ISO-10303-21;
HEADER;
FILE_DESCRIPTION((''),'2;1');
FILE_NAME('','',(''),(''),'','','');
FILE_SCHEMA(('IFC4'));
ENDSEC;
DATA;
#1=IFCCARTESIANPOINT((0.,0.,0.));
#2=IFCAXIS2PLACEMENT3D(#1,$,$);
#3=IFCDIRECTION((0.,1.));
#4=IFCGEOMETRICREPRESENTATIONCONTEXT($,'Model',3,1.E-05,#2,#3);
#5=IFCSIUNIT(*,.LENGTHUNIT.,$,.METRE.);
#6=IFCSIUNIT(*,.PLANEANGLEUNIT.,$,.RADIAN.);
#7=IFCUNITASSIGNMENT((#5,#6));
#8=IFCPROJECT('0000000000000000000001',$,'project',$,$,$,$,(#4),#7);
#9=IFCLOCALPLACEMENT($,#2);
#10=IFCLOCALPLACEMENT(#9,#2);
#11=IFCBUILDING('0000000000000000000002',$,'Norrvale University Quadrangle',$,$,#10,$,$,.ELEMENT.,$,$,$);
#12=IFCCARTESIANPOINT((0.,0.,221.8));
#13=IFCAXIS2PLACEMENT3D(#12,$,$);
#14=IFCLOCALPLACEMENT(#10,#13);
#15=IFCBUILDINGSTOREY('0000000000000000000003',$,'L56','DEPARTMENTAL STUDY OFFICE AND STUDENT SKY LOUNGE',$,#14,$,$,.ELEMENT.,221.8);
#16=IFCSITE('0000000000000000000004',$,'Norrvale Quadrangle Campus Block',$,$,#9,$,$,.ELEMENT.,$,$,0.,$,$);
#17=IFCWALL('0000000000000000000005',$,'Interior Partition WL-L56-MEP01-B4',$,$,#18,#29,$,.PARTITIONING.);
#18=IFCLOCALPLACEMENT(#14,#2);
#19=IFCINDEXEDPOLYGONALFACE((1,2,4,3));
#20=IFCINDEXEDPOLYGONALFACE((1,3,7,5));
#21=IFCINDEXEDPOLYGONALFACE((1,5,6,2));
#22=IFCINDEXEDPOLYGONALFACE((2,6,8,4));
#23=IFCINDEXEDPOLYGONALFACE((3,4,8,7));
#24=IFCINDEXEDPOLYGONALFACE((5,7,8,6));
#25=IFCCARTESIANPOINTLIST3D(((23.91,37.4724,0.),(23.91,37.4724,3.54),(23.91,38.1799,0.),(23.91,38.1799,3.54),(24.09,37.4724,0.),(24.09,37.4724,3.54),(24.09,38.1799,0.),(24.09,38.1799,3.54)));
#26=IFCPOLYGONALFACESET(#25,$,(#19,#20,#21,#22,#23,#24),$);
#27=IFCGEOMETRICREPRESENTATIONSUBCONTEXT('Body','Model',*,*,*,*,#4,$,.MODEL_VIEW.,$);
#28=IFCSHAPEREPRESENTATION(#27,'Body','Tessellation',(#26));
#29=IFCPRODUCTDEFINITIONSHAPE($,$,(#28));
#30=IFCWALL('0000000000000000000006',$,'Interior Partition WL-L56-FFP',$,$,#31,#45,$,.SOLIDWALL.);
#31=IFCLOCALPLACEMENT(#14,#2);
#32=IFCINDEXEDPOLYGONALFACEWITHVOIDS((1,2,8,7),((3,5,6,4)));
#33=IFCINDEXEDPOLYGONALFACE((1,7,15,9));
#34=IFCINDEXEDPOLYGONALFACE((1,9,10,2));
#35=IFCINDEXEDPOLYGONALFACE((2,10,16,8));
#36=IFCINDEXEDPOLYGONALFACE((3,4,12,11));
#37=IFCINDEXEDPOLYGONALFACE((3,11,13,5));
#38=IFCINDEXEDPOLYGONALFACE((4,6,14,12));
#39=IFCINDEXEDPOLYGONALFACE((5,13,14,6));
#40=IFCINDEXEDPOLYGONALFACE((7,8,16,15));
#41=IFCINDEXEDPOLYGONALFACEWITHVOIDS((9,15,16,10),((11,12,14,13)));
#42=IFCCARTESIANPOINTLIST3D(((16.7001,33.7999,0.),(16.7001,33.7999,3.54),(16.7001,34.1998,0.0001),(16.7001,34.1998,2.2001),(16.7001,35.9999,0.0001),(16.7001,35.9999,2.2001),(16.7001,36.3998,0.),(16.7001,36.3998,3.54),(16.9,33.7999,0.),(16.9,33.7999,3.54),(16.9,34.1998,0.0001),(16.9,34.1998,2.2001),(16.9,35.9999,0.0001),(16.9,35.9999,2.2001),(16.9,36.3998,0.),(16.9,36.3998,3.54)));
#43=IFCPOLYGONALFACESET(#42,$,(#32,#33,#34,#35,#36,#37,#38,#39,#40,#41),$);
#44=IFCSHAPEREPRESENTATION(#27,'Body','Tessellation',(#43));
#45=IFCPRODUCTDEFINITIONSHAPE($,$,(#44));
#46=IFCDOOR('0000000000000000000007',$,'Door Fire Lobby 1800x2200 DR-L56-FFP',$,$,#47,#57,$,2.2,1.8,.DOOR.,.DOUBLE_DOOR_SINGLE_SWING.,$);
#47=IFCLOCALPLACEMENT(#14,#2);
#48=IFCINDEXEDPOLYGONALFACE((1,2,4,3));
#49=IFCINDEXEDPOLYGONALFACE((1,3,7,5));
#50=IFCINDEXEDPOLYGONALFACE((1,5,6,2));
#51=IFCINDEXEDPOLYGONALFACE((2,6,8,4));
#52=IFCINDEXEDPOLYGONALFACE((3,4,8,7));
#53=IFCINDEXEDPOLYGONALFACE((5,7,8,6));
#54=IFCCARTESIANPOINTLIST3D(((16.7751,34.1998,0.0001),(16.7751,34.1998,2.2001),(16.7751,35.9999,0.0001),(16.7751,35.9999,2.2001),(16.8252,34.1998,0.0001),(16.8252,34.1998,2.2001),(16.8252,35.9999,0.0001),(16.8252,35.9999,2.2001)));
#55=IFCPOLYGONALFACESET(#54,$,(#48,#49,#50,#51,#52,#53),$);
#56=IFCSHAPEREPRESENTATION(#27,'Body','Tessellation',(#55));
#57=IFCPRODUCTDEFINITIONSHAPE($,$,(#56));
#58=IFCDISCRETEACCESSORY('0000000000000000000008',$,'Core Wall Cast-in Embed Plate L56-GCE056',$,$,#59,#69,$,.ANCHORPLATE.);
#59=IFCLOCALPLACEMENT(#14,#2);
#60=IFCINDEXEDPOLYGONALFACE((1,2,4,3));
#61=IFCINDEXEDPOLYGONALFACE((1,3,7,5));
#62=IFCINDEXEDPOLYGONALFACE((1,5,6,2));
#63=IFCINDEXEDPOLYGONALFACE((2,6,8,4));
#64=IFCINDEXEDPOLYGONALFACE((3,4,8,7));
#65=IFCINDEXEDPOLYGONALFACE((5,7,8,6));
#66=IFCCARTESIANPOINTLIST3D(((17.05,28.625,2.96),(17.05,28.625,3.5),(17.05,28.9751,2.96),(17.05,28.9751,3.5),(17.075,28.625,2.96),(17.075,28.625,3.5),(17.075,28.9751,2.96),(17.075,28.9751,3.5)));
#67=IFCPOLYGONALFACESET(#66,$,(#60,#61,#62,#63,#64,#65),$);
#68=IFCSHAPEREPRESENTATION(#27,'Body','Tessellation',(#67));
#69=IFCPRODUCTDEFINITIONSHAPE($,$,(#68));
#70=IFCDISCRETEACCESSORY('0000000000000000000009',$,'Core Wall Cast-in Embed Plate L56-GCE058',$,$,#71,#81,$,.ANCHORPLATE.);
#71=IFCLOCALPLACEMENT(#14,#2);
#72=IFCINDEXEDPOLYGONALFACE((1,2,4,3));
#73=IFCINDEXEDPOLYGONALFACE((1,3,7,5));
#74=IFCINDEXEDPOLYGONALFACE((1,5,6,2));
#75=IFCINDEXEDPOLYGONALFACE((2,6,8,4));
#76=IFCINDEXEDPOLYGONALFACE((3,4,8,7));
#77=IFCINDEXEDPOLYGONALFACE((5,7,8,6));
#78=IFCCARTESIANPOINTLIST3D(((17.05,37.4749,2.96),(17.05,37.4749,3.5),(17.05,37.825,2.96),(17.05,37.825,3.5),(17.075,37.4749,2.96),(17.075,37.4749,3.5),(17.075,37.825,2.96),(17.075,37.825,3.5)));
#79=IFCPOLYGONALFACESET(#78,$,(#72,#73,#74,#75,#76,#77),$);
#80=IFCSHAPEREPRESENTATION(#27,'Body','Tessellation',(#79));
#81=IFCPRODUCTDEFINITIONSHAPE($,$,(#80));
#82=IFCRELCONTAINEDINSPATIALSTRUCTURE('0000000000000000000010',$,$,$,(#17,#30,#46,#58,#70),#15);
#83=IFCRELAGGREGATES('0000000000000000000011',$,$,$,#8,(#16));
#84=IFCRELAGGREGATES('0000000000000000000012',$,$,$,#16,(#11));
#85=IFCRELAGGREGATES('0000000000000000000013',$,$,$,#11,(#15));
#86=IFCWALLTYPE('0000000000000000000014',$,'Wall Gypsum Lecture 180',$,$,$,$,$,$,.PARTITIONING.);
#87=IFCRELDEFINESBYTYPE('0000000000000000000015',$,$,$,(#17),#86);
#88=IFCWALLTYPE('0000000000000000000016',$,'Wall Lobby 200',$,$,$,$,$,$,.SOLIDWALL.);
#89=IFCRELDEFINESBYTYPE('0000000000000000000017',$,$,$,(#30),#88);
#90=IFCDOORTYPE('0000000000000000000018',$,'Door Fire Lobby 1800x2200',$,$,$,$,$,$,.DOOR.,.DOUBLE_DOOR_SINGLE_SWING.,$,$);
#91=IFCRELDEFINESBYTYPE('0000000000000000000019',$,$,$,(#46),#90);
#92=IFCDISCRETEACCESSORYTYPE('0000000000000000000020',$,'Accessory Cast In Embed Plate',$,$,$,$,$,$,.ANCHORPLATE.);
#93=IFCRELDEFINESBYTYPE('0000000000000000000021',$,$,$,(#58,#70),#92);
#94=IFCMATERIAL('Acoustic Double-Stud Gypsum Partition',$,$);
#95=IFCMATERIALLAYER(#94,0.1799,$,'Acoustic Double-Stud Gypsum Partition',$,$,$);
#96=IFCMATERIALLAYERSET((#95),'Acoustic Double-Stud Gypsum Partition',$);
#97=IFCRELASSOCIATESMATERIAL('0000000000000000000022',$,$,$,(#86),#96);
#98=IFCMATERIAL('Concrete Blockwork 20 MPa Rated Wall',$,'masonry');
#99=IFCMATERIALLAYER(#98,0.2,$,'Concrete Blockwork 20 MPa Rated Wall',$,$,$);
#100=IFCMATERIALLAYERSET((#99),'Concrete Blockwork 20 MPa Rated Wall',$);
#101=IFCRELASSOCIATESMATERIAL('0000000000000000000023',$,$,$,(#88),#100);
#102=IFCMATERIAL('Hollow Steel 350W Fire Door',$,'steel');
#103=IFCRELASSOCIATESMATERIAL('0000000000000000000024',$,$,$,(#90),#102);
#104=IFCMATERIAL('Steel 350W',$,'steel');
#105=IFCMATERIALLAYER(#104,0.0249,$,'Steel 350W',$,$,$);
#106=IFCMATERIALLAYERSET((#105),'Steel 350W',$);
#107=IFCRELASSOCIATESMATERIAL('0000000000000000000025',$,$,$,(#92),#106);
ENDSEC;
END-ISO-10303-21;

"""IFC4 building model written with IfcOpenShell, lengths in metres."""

from ifc_helpers import new_model, si_unit, direction, frame, frame_2d, origin, origin_2d, place, context, subcontext, project, spatial, rectangle, extrude, material, layer, layer_set, type_object, element, fill, save


model = new_model("IFC4")

# Units and contexts
model_context = context("Model", 3, precision=1e-05, world=origin(), true_north=direction((0.0, 1.0)))
body_context = subcontext(model_context, "Body", "Model", "MODEL_VIEW")
ifc_project = project(units=[si_unit("LENGTHUNIT", "METRE"), si_unit("PLANEANGLEUNIT", "RADIAN")], contexts=[model_context])

# Site, building, storey
site_placement = place(None, origin())
site = spatial("IfcSite", under=ifc_project, at=site_placement, Name="Norrvale Quadrangle Campus Block", CompositionType="ELEMENT", RefElevation=0.0)
building_placement = place(site_placement, origin())
building = spatial("IfcBuilding", under=site, at=building_placement, Name="Norrvale University Quadrangle", CompositionType="ELEMENT")
storey_placement = place(building_placement, frame((0.0, 0.0, 221.8)))
storey = spatial("IfcBuildingStorey", under=building, at=storey_placement, Name="L56", Description="DEPARTMENTAL STUDY OFFICE AND STUDENT SKY LOUNGE", CompositionType="ELEMENT", Elevation=221.8)

# Shared definitions
ifc_material_1 = material(Name="Steel 350W", Category="steel")

# Wall
ifc_material_2 = material(Name="Acoustic Double-Stud Gypsum Partition")
ifc_layer_1 = layer(ifc_material_2, 0.1799, Name="Acoustic Double-Stud Gypsum Partition")
ifc_layer_set_1 = layer_set([ifc_layer_1], Name="Acoustic Double-Stud Gypsum Partition")
wall_type_1 = type_object("IfcWallType", Name="Wall Gypsum Lecture 180", PredefinedType="PARTITIONING", material=ifc_layer_set_1)
wall_1_placement = place(storey_placement, frame((24.0, 37.4724, 0.0), z_axis=(0.0, 0.0, 1.0), x_axis=(0.0, 1.0, 0.0)))
element("IfcWall", 1, at=wall_1_placement, inside=storey, type_object=wall_type_1, Name="Interior Partition WL-L56-MEP01-B4", PredefinedType="PARTITIONING", context=body_context, shape_type="SweptSolid", body=[
    extrude(rectangle(XDim=0.7075, YDim=0.1799, at=frame_2d((0.3538, 0.0))), origin(), (0.0, 0.0, 1.0), 3.54),
])

# Wall, opening, door
ifc_material_3 = material(Name="Concrete Blockwork 20 MPa Rated Wall", Category="masonry")
ifc_layer_2 = layer(ifc_material_3, 0.2, Name="Concrete Blockwork 20 MPa Rated Wall")
ifc_layer_set_2 = layer_set([ifc_layer_2], Name="Concrete Blockwork 20 MPa Rated Wall")
wall_type_2 = type_object("IfcWallType", Name="Wall Lobby 200", PredefinedType="SOLIDWALL", material=ifc_layer_set_2)
wall_2_placement = place(storey_placement, frame((16.8, 33.8, 0.0), z_axis=(0.0, 0.0, 1.0), x_axis=(0.0, 1.0, 0.0)))
wall_2 = element("IfcWall", 2, at=wall_2_placement, inside=storey, type_object=wall_type_2, Name="Interior Partition WL-L56-FFP", PredefinedType="SOLIDWALL", context=body_context, shape_type="SweptSolid", body=[
    extrude(rectangle(XDim=2.5999, YDim=0.2, at=frame_2d((1.2998, 0.0))), origin(), (0.0, 0.0, 1.0), 3.54),
])
opening_1_placement = place(wall_2_placement, frame((0.3999, 0.0, 0.0)))
opening_1 = element("IfcOpeningElement", 3, at=opening_1_placement, cuts=wall_2, PredefinedType="OPENING", context=body_context, shape_type="SweptSolid", body=[
    extrude(rectangle(XDim=1.8, YDim=2.2, at=frame_2d((0.8999, 1.1001))), frame((0.0, 0.1121, 0.0), z_axis=(0.0, -1.0, 0.0), x_axis=(1.0, 0.0, 0.0)), (0.0, 0.0, 1.0), 0.2239),
])
ifc_material_4 = material(Name="Hollow Steel 350W Fire Door", Category="steel")
door_type_1 = type_object("IfcDoorType", Name="Door Fire Lobby 1800x2200", OperationType="DOUBLE_DOOR_SINGLE_SWING", PredefinedType="DOOR", material=ifc_material_4)
door_1_placement = place(opening_1_placement, origin())
door_1 = element("IfcDoor", 4, at=door_1_placement, inside=storey, type_object=door_type_1, Name="Door Fire Lobby 1800x2200 DR-L56-FFP", OperationType="DOUBLE_DOOR_SINGLE_SWING", OverallHeight=2.2, OverallWidth=1.8, PredefinedType="DOOR", context=body_context, shape_type="SweptSolid", body=[
    extrude(rectangle(XDim=1.8, YDim=2.2, at=frame_2d((0.8999, 1.1001))), frame((0.0, 0.0249, 0.0), z_axis=(0.0, -1.0, 0.0), x_axis=(1.0, 0.0, 0.0)), (0.0, 0.0, 1.0), 0.05),
])
fill(opening_1, door_1)

# Discrete accessories
ifc_layer_3 = layer(ifc_material_1, 0.0249, Name="Steel 350W")
ifc_layer_set_3 = layer_set([ifc_layer_3], Name="Steel 350W")
discrete_accessory_type = type_object("IfcDiscreteAccessoryType", Name="Accessory Cast In Embed Plate", PredefinedType="ANCHORPLATE", material=ifc_layer_set_3)
for number, where, z_axis, x_axis, name in (
    (5, (17.0625, 28.8, 2.96), (0.0, 0.0, 1.0), (1.0, 0.0, 0.0), "Core Wall Cast-in Embed Plate L56-GCE056"),
    (6, (17.0625, 37.6499, 2.96), (0.0, 0.0, 1.0), (1.0, 0.0, 0.0), "Core Wall Cast-in Embed Plate L56-GCE058"),
):
    element("IfcDiscreteAccessory", number, at=place(storey_placement, frame(where, z_axis=z_axis, x_axis=x_axis)), inside=storey, type_object=discrete_accessory_type, Name=name, PredefinedType="ANCHORPLATE", context=body_context, shape_type="SweptSolid", body=[
        extrude(rectangle(XDim=0.0249, YDim=0.3501, at=origin_2d()), origin(), (0.0, 0.0, 1.0), 0.54),
    ])

save(model, "model.ifc")
